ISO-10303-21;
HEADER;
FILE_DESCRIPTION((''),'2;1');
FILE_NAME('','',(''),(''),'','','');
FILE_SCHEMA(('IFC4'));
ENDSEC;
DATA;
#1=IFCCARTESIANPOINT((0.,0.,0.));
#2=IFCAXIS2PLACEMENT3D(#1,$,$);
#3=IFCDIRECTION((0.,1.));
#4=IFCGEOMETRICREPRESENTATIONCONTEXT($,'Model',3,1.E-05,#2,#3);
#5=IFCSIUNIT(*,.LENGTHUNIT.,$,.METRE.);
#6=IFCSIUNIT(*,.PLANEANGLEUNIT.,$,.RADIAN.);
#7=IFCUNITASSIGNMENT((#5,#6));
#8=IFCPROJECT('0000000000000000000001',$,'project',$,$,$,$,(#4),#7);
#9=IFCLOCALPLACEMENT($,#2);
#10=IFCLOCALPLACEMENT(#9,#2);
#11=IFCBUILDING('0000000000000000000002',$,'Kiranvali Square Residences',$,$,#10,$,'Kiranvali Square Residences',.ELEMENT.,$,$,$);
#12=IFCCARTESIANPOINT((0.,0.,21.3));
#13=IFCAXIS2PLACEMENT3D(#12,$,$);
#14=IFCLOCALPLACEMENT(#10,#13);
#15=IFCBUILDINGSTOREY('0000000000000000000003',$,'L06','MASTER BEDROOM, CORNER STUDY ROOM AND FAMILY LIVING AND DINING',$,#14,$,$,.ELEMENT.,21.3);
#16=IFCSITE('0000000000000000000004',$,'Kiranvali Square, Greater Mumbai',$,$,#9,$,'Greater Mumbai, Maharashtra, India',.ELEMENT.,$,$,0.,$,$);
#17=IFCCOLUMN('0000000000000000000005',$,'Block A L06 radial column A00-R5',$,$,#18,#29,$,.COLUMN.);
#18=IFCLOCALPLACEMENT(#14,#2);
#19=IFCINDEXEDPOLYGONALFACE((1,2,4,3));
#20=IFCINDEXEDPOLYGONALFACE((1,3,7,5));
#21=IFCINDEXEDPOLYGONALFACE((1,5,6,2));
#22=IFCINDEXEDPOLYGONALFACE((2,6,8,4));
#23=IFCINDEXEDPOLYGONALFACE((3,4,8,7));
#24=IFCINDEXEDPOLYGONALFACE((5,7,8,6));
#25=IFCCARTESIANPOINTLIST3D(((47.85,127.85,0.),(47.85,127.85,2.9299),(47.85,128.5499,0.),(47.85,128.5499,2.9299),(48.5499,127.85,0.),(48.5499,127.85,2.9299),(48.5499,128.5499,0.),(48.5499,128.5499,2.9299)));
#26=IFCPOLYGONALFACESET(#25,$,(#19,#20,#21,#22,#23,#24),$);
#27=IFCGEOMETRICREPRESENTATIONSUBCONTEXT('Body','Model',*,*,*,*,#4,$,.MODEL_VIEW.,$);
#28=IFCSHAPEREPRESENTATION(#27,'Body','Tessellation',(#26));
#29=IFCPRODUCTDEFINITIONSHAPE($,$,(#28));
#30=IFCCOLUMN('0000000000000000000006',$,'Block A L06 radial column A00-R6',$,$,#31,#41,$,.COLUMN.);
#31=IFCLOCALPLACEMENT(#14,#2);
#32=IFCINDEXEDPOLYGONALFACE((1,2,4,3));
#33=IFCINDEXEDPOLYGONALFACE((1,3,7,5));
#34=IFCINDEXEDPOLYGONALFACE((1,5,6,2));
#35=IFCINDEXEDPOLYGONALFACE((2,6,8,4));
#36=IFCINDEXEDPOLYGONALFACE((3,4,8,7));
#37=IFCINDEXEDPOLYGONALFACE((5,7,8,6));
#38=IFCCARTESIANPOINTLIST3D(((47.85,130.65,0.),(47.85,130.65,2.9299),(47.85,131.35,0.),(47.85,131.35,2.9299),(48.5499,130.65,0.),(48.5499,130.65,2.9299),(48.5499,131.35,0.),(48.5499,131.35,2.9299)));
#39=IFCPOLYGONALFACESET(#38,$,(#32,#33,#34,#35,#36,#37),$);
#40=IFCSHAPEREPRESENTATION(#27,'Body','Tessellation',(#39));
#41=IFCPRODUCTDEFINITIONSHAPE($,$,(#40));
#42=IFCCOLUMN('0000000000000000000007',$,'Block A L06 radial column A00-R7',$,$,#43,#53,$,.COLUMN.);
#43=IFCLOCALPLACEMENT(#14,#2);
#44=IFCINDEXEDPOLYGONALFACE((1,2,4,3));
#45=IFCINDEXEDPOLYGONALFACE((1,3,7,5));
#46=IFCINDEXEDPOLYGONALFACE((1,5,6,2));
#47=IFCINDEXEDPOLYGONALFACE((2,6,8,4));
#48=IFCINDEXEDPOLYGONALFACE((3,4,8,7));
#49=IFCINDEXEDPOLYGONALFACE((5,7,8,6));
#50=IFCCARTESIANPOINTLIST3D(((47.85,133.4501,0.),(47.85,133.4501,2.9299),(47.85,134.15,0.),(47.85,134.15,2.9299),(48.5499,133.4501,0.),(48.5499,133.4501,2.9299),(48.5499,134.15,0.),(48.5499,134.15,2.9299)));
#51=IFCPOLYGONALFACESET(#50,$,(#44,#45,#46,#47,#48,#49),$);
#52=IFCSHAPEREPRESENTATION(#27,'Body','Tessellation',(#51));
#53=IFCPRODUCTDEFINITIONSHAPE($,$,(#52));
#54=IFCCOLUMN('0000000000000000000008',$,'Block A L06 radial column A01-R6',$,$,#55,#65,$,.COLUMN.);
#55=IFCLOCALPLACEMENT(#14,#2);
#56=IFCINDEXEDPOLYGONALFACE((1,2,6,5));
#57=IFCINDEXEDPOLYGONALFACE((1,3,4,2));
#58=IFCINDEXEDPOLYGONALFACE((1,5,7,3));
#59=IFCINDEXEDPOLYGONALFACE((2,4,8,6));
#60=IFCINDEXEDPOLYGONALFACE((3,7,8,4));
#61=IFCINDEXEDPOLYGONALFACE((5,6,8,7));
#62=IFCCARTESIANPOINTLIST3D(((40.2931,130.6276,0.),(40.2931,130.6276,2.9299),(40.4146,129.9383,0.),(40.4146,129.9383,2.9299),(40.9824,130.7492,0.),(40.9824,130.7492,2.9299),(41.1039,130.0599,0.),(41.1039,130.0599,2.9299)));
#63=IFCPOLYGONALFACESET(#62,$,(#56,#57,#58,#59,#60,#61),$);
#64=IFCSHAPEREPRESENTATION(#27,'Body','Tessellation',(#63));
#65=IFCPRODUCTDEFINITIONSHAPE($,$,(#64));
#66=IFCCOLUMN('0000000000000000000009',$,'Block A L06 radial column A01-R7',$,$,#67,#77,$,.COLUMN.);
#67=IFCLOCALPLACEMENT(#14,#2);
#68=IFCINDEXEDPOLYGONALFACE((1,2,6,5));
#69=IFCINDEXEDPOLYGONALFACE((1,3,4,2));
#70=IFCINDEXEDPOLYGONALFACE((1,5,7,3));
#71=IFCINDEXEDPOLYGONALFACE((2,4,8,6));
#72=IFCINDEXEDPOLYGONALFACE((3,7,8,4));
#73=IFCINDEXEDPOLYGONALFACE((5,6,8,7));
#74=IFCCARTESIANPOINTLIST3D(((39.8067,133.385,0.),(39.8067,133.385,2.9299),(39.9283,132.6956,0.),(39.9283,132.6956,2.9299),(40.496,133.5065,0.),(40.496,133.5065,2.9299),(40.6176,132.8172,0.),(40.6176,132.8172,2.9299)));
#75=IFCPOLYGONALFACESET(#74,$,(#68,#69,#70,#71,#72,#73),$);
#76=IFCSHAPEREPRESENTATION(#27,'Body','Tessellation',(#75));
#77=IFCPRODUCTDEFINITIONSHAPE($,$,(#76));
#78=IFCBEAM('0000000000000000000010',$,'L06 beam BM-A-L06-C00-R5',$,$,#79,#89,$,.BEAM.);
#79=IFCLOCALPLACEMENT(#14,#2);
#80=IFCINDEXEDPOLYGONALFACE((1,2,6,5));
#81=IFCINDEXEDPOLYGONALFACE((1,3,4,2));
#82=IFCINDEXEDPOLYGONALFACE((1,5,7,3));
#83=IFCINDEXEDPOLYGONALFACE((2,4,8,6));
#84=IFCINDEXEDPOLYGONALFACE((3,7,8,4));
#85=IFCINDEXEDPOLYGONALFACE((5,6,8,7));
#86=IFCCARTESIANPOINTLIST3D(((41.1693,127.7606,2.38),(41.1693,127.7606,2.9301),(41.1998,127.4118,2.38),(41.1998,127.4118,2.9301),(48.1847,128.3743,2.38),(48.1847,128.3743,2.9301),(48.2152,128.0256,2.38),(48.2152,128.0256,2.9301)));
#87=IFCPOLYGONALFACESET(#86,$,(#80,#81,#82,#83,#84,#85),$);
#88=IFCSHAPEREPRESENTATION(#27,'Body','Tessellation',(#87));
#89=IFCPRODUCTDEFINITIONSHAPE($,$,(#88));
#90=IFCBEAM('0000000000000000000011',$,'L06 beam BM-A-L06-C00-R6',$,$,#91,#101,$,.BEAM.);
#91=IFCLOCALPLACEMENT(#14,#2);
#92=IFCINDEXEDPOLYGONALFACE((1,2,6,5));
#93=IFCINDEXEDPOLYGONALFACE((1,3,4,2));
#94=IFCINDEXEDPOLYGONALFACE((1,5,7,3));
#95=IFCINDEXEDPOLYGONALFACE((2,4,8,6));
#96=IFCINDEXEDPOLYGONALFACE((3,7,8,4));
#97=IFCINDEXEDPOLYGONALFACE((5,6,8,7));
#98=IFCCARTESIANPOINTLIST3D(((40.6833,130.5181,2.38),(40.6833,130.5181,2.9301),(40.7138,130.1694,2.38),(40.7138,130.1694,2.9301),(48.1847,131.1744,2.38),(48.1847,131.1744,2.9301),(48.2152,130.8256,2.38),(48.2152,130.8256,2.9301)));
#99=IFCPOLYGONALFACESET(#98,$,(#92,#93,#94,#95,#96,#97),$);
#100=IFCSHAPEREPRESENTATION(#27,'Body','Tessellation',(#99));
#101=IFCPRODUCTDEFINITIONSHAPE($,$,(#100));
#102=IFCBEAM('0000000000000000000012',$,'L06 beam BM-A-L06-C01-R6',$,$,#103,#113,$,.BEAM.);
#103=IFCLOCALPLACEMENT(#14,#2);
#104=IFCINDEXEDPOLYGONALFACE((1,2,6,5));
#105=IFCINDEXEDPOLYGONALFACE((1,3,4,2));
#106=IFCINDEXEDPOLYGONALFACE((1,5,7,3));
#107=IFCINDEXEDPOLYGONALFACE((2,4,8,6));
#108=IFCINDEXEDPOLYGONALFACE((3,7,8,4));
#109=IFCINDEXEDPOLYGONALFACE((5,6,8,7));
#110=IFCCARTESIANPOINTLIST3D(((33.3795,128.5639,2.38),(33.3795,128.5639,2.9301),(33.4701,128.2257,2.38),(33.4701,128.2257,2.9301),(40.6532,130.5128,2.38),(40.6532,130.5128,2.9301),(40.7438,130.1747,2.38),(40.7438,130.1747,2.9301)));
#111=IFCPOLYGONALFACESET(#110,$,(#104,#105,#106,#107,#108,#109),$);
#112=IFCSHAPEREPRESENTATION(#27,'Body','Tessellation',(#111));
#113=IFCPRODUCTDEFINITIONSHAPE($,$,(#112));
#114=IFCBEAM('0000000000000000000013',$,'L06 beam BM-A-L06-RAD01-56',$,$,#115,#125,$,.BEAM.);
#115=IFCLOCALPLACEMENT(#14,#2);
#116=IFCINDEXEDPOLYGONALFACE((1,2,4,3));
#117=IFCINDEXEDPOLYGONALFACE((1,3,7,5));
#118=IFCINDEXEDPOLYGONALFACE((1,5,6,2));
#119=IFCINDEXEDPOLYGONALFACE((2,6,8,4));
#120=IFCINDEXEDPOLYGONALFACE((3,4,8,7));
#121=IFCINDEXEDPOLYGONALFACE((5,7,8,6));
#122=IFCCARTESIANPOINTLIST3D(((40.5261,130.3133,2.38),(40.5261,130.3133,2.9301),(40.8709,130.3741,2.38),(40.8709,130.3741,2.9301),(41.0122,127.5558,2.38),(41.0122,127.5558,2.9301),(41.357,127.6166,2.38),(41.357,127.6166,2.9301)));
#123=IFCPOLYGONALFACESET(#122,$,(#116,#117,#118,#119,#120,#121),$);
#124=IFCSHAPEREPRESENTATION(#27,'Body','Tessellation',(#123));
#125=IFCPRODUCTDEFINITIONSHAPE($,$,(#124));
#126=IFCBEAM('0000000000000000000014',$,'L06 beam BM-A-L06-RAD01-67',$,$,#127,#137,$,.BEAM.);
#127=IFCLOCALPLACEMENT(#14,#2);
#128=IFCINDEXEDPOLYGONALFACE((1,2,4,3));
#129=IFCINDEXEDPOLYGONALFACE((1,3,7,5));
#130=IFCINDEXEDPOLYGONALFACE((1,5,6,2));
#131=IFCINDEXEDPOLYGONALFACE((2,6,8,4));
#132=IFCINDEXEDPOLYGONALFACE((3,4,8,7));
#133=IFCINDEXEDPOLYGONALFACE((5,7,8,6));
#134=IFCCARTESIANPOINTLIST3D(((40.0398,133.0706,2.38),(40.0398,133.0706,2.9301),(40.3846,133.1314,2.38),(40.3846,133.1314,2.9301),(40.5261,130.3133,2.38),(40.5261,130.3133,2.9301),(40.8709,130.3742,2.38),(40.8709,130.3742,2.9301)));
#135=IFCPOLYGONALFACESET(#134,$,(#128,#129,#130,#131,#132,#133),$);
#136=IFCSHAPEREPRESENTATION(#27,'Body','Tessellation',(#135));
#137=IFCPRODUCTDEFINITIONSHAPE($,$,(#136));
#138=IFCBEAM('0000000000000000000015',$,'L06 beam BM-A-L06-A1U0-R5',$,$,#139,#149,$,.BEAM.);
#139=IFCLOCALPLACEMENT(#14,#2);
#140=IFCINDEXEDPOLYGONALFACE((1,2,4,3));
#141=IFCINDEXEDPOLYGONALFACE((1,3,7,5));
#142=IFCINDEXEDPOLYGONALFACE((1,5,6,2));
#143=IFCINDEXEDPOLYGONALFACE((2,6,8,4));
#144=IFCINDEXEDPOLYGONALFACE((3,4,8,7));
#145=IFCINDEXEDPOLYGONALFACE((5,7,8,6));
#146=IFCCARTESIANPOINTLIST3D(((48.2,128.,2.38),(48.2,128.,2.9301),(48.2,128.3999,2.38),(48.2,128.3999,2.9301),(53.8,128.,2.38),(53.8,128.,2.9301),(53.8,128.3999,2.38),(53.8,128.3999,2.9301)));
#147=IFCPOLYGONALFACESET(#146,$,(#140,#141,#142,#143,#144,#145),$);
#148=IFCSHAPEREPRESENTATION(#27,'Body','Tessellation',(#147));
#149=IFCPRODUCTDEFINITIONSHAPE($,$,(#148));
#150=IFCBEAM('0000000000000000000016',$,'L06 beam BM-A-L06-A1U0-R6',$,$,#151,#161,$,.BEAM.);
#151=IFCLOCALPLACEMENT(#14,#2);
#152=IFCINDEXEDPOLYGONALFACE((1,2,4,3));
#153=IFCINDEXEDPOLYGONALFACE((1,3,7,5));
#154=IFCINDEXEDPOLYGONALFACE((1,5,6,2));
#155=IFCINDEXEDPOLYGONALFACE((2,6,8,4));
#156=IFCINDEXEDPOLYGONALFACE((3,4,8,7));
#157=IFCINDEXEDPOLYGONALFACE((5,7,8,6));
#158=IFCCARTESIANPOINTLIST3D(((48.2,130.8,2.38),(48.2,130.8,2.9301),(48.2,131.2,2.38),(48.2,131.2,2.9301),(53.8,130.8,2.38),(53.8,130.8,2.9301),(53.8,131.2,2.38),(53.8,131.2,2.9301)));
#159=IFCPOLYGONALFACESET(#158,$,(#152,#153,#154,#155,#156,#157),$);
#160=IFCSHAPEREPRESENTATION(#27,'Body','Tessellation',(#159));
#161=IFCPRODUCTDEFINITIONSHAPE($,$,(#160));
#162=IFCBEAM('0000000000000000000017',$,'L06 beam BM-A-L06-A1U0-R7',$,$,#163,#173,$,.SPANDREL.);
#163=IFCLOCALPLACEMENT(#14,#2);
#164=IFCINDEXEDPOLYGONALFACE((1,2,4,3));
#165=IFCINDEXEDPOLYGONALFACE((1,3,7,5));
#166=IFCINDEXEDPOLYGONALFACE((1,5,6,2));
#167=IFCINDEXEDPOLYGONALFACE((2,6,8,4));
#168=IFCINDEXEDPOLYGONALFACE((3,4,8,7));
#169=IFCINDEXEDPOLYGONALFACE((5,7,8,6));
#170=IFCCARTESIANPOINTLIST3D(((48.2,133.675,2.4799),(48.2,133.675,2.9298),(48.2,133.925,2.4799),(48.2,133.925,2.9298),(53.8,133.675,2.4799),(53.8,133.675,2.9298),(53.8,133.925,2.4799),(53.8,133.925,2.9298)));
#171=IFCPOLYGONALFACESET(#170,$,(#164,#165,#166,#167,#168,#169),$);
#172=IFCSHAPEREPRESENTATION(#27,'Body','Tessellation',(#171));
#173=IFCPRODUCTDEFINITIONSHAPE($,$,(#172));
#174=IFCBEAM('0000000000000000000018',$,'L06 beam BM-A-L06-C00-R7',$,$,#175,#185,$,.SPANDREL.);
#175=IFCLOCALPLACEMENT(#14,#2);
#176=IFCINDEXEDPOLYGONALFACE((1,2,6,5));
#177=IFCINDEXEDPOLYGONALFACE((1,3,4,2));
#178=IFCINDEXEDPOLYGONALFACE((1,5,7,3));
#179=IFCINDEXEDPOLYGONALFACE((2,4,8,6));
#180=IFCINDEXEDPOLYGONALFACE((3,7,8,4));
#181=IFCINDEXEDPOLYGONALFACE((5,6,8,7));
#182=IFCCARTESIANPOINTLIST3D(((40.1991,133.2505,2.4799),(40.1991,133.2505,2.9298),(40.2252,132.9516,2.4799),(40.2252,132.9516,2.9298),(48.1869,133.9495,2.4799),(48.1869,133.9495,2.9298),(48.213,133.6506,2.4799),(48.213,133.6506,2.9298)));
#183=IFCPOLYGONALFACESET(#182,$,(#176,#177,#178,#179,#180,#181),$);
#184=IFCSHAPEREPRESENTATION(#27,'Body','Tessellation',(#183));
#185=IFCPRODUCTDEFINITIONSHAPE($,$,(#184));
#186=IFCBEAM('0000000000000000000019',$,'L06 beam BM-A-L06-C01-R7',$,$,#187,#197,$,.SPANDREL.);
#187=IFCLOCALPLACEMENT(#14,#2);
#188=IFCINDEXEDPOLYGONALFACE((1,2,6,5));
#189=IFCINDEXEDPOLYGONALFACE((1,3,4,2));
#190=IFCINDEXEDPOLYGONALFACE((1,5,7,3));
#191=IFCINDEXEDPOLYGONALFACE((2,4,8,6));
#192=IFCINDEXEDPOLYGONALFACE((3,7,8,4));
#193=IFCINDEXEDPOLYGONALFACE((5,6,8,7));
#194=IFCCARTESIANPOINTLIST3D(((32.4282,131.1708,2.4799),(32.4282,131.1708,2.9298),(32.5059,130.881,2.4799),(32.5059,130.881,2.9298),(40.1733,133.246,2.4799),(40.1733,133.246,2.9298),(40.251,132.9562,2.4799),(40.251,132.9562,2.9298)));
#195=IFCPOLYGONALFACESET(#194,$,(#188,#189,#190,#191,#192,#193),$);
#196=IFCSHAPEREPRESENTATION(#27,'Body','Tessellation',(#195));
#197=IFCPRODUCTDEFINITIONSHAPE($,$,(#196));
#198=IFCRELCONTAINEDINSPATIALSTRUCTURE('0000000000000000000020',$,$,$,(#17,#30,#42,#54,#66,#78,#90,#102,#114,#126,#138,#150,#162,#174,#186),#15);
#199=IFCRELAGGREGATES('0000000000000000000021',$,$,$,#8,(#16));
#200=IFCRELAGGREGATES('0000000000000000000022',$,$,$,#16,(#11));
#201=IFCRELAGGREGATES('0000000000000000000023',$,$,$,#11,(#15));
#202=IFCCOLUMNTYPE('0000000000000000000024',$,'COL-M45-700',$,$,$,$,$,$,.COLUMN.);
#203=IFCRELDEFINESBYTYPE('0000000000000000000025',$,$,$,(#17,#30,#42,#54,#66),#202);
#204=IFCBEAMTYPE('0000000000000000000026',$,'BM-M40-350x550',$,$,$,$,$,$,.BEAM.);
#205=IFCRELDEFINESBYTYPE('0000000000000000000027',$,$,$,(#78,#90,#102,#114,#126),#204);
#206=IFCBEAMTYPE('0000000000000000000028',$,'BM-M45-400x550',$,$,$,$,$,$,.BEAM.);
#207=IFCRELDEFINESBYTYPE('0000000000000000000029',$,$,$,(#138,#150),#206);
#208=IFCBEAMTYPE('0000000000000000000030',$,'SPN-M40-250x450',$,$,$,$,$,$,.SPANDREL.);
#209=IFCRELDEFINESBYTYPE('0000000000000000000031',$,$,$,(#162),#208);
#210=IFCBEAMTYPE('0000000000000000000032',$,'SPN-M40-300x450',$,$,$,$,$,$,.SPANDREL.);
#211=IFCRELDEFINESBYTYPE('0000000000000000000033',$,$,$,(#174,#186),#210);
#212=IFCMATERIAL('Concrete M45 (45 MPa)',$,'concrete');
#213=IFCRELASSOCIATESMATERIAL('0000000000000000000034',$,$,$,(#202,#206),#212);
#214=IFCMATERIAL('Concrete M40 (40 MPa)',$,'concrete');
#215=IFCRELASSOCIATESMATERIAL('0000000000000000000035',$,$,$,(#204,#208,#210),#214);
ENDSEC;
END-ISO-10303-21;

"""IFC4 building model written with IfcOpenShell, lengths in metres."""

from ifc_helpers import new_model, si_unit, direction, frame, origin, origin_2d, place, context, subcontext, project, spatial, rectangle, extrude, material, material_profile, profile_set, type_object, element, save


model = new_model("IFC4")

# Units and contexts
model_context = context("Model", 3, precision=1e-05, world=origin(), true_north=direction((0.0, 1.0)))
body_context = subcontext(model_context, "Body", "Model", "MODEL_VIEW")
ifc_project = project(units=[si_unit("LENGTHUNIT", "METRE"), si_unit("PLANEANGLEUNIT", "RADIAN")], contexts=[model_context])

# Site, building, storey
site_placement = place(None, origin())
site = spatial("IfcSite", under=ifc_project, at=site_placement, Name="Kiranvali Square, Greater Mumbai", LongName="Greater Mumbai, Maharashtra, India", CompositionType="ELEMENT", RefElevation=0.0)
building_placement = place(site_placement, origin())
building = spatial("IfcBuilding", under=site, at=building_placement, Name="Kiranvali Square Residences", LongName="Kiranvali Square Residences", CompositionType="ELEMENT")
storey_placement = place(building_placement, frame((0.0, 0.0, 21.3)))
storey = spatial("IfcBuildingStorey", under=building, at=storey_placement, Name="L06", Description="MASTER BEDROOM, CORNER STUDY ROOM AND FAMILY LIVING AND DINING", CompositionType="ELEMENT", Elevation=21.3)

# Columns
ifc_material_1 = material(Name="Concrete M45 (45 MPa)", Category="concrete")
ifc_material_profile_1 = material_profile(ifc_material_1, rectangle(XDim=0.7, YDim=0.7, at=origin_2d()), Name="RC 700x700")
ifc_profile_set_1 = profile_set([ifc_material_profile_1], Name="Concrete M45 (45 MPa)")
column_type = type_object("IfcColumnType", Name="COL-M45-700", PredefinedType="COLUMN", material=ifc_profile_set_1)
for number, where, z_axis, x_axis, name in (
    (1, (48.2, 128.2, 0.0), (0.0, 0.0, 1.0), (1.0, 0.0, 0.0), "Block A L06 radial column A00-R5"),
    (2, (48.2, 131.0, 0.0), (0.0, 0.0, 1.0), (1.0, 0.0, 0.0), "Block A L06 radial column A00-R6"),
    (3, (48.2, 133.8, 0.0), (0.0, 0.0, 1.0), (1.0, 0.0, 0.0), "Block A L06 radial column A00-R7"),
    (4, (40.6985, 130.3438, 0.0), (0.0, 0.0, 1.0), (0.984808, 0.173648, 0.0), "Block A L06 radial column A01-R6"),
    (5, (40.2122, 133.1011, 0.0), (0.0, 0.0, 1.0), (0.984808, 0.173648, 0.0), "Block A L06 radial column A01-R7"),
):
    element("IfcColumn", number, at=place(storey_placement, frame(where, z_axis=z_axis, x_axis=x_axis)), inside=storey, type_object=column_type, Name=name, PredefinedType="COLUMN", context=body_context, shape_type="SweptSolid", body=[
        extrude(rectangle(XDim=0.7, YDim=0.7, at=origin_2d()), origin(), (0.0, 0.0, 1.0), 2.9299),
    ])

# Beams
ifc_material_2 = material(Name="Concrete M40 (40 MPa)", Category="concrete")
ifc_material_profile_2 = material_profile(ifc_material_2, rectangle(XDim=0.3501, YDim=0.55, at=origin_2d()), Name="RC 350x550")
ifc_profile_set_2 = profile_set([ifc_material_profile_2], Name="Concrete M40 (40 MPa)")
beam_type_1 = type_object("IfcBeamType", Name="BM-M40-350x550", PredefinedType="BEAM", material=ifc_profile_set_2)
beam_1_placement = place(storey_placement, frame((48.2, 128.2, 2.655), z_axis=(-0.996195, -0.087156, 0.0), x_axis=(0.087156, -0.996195, 0.0)))
element("IfcBeam", 6, at=beam_1_placement, inside=storey, type_object=beam_type_1, Name="L06 beam BM-A-L06-C00-R5", PredefinedType="BEAM", context=body_context, shape_type="SweptSolid", body=[
    extrude(rectangle(XDim=0.3501, YDim=0.55, at=origin_2d()), origin(), (0.0, 0.0, 1.0), 7.0422),
])
beam_2_placement = place(storey_placement, frame((48.2, 131.0, 2.655), z_axis=(-0.996195, -0.08715, 0.0), x_axis=(0.08715, -0.996195, 0.0)))
element("IfcBeam", 7, at=beam_2_placement, inside=storey, type_object=beam_type_1, Name="L06 beam BM-A-L06-C00-R6", PredefinedType="BEAM", context=body_context, shape_type="SweptSolid", body=[
    extrude(rectangle(XDim=0.3501, YDim=0.55, at=origin_2d()), origin(), (0.0, 0.0, 1.0), 7.53),
])
beam_3_placement = place(storey_placement, frame((40.6985, 130.3438, 2.655), z_axis=(-0.965926, -0.258819, 0.0), x_axis=(0.258819, -0.965926, 0.0)))
element("IfcBeam", 8, at=beam_3_placement, inside=storey, type_object=beam_type_1, Name="L06 beam BM-A-L06-C01-R6", PredefinedType="BEAM", context=body_context, shape_type="SweptSolid", body=[
    extrude(rectangle(XDim=0.3501, YDim=0.55, at=origin_2d()), origin(), (0.0, 0.0, 1.0), 7.5303),
])
beam_4_placement = place(storey_placement, frame((41.1846, 127.5862, 2.655), z_axis=(-0.173596, 0.984817, 0.0), x_axis=(-0.984817, -0.173596, 0.0)))
element("IfcBeam", 9, at=beam_4_placement, inside=storey, type_object=beam_type_1, Name="L06 beam BM-A-L06-RAD01-56", PredefinedType="BEAM", context=body_context, shape_type="SweptSolid", body=[
    extrude(rectangle(XDim=0.3501, YDim=0.55, at=origin_2d()), origin(), (0.0, 0.0, 1.0), 2.8),
])
beam_5_placement = place(storey_placement, frame((40.6985, 130.3438, 2.655), z_axis=(-0.173696, 0.984799, 0.0), x_axis=(-0.984799, -0.173696, 0.0)))
element("IfcBeam", 10, at=beam_5_placement, inside=storey, type_object=beam_type_1, Name="L06 beam BM-A-L06-RAD01-67", PredefinedType="BEAM", context=body_context, shape_type="SweptSolid", body=[
    extrude(rectangle(XDim=0.3501, YDim=0.55, at=origin_2d()), origin(), (0.0, 0.0, 1.0), 2.7998),
])
ifc_material_profile_3 = material_profile(ifc_material_1, rectangle(XDim=0.3999, YDim=0.55, at=origin_2d()), Name="RC 400x550")
ifc_profile_set_3 = profile_set([ifc_material_profile_3], Name="Concrete M45 (45 MPa)")
beam_type_2 = type_object("IfcBeamType", Name="BM-M45-400x550", PredefinedType="BEAM", material=ifc_profile_set_3)
for number, where, z_axis, x_axis, name in (
    (11, (48.2, 128.2, 2.655), (1.0, 0.0, 0.0), (0.0, 1.0, 0.0), "L06 beam BM-A-L06-A1U0-R5"),
    (12, (48.2, 131.0, 2.655), (1.0, 0.0, 0.0), (0.0, 1.0, 0.0), "L06 beam BM-A-L06-A1U0-R6"),
):
    element("IfcBeam", number, at=place(storey_placement, frame(where, z_axis=z_axis, x_axis=x_axis)), inside=storey, type_object=beam_type_2, Name=name, PredefinedType="BEAM", context=body_context, shape_type="SweptSolid", body=[
        extrude(rectangle(XDim=0.3999, YDim=0.55, at=origin_2d()), origin(), (0.0, 0.0, 1.0), 5.6001),
    ])
ifc_material_profile_4 = material_profile(ifc_material_2, rectangle(XDim=0.25, YDim=0.45, at=origin_2d()), Name="RC 250x450")
ifc_profile_set_4 = profile_set([ifc_material_profile_4], Name="Concrete M40 (40 MPa)")
beam_type_3 = type_object("IfcBeamType", Name="SPN-M40-250x450", PredefinedType="SPANDREL", material=ifc_profile_set_4)
beam_6_placement = place(storey_placement, frame((48.2, 133.8, 2.7048), z_axis=(1.0, 0.0, 0.0), x_axis=(0.0, 1.0, 0.0)))
element("IfcBeam", 13, at=beam_6_placement, inside=storey, type_object=beam_type_3, Name="L06 beam BM-A-L06-A1U0-R7", PredefinedType="SPANDREL", context=body_context, shape_type="SweptSolid", body=[
    extrude(rectangle(XDim=0.25, YDim=0.45, at=origin_2d()), origin(), (0.0, 0.0, 1.0), 5.6001),
])
ifc_material_profile_5 = material_profile(ifc_material_2, rectangle(XDim=0.3, YDim=0.45, at=origin_2d()), Name="RC 300x450")
ifc_profile_set_5 = profile_set([ifc_material_profile_5], Name="Concrete M40 (40 MPa)")
beam_type_4 = type_object("IfcBeamType", Name="SPN-M40-300x450", PredefinedType="SPANDREL", material=ifc_profile_set_5)
for number, where, z_axis, x_axis, name in (
    (14, (48.2, 133.8, 2.7048), (-0.996193, -0.087172, 0.0), (0.087172, -0.996193, 0.0), "L06 beam BM-A-L06-C00-R7"),
    (15, (40.2122, 133.1011, 2.7048), (-0.965929, -0.258807, 0.0), (0.258807, -0.965929, 0.0), "L06 beam BM-A-L06-C01-R7"),
):
    element("IfcBeam", number, at=place(storey_placement, frame(where, z_axis=z_axis, x_axis=x_axis)), inside=storey, type_object=beam_type_4, Name=name, PredefinedType="SPANDREL", context=body_context, shape_type="SweptSolid", body=[
        extrude(rectangle(XDim=0.3, YDim=0.45, at=origin_2d()), origin(), (0.0, 0.0, 1.0), 8.0183),
    ])

save(model, "model.ifc")
